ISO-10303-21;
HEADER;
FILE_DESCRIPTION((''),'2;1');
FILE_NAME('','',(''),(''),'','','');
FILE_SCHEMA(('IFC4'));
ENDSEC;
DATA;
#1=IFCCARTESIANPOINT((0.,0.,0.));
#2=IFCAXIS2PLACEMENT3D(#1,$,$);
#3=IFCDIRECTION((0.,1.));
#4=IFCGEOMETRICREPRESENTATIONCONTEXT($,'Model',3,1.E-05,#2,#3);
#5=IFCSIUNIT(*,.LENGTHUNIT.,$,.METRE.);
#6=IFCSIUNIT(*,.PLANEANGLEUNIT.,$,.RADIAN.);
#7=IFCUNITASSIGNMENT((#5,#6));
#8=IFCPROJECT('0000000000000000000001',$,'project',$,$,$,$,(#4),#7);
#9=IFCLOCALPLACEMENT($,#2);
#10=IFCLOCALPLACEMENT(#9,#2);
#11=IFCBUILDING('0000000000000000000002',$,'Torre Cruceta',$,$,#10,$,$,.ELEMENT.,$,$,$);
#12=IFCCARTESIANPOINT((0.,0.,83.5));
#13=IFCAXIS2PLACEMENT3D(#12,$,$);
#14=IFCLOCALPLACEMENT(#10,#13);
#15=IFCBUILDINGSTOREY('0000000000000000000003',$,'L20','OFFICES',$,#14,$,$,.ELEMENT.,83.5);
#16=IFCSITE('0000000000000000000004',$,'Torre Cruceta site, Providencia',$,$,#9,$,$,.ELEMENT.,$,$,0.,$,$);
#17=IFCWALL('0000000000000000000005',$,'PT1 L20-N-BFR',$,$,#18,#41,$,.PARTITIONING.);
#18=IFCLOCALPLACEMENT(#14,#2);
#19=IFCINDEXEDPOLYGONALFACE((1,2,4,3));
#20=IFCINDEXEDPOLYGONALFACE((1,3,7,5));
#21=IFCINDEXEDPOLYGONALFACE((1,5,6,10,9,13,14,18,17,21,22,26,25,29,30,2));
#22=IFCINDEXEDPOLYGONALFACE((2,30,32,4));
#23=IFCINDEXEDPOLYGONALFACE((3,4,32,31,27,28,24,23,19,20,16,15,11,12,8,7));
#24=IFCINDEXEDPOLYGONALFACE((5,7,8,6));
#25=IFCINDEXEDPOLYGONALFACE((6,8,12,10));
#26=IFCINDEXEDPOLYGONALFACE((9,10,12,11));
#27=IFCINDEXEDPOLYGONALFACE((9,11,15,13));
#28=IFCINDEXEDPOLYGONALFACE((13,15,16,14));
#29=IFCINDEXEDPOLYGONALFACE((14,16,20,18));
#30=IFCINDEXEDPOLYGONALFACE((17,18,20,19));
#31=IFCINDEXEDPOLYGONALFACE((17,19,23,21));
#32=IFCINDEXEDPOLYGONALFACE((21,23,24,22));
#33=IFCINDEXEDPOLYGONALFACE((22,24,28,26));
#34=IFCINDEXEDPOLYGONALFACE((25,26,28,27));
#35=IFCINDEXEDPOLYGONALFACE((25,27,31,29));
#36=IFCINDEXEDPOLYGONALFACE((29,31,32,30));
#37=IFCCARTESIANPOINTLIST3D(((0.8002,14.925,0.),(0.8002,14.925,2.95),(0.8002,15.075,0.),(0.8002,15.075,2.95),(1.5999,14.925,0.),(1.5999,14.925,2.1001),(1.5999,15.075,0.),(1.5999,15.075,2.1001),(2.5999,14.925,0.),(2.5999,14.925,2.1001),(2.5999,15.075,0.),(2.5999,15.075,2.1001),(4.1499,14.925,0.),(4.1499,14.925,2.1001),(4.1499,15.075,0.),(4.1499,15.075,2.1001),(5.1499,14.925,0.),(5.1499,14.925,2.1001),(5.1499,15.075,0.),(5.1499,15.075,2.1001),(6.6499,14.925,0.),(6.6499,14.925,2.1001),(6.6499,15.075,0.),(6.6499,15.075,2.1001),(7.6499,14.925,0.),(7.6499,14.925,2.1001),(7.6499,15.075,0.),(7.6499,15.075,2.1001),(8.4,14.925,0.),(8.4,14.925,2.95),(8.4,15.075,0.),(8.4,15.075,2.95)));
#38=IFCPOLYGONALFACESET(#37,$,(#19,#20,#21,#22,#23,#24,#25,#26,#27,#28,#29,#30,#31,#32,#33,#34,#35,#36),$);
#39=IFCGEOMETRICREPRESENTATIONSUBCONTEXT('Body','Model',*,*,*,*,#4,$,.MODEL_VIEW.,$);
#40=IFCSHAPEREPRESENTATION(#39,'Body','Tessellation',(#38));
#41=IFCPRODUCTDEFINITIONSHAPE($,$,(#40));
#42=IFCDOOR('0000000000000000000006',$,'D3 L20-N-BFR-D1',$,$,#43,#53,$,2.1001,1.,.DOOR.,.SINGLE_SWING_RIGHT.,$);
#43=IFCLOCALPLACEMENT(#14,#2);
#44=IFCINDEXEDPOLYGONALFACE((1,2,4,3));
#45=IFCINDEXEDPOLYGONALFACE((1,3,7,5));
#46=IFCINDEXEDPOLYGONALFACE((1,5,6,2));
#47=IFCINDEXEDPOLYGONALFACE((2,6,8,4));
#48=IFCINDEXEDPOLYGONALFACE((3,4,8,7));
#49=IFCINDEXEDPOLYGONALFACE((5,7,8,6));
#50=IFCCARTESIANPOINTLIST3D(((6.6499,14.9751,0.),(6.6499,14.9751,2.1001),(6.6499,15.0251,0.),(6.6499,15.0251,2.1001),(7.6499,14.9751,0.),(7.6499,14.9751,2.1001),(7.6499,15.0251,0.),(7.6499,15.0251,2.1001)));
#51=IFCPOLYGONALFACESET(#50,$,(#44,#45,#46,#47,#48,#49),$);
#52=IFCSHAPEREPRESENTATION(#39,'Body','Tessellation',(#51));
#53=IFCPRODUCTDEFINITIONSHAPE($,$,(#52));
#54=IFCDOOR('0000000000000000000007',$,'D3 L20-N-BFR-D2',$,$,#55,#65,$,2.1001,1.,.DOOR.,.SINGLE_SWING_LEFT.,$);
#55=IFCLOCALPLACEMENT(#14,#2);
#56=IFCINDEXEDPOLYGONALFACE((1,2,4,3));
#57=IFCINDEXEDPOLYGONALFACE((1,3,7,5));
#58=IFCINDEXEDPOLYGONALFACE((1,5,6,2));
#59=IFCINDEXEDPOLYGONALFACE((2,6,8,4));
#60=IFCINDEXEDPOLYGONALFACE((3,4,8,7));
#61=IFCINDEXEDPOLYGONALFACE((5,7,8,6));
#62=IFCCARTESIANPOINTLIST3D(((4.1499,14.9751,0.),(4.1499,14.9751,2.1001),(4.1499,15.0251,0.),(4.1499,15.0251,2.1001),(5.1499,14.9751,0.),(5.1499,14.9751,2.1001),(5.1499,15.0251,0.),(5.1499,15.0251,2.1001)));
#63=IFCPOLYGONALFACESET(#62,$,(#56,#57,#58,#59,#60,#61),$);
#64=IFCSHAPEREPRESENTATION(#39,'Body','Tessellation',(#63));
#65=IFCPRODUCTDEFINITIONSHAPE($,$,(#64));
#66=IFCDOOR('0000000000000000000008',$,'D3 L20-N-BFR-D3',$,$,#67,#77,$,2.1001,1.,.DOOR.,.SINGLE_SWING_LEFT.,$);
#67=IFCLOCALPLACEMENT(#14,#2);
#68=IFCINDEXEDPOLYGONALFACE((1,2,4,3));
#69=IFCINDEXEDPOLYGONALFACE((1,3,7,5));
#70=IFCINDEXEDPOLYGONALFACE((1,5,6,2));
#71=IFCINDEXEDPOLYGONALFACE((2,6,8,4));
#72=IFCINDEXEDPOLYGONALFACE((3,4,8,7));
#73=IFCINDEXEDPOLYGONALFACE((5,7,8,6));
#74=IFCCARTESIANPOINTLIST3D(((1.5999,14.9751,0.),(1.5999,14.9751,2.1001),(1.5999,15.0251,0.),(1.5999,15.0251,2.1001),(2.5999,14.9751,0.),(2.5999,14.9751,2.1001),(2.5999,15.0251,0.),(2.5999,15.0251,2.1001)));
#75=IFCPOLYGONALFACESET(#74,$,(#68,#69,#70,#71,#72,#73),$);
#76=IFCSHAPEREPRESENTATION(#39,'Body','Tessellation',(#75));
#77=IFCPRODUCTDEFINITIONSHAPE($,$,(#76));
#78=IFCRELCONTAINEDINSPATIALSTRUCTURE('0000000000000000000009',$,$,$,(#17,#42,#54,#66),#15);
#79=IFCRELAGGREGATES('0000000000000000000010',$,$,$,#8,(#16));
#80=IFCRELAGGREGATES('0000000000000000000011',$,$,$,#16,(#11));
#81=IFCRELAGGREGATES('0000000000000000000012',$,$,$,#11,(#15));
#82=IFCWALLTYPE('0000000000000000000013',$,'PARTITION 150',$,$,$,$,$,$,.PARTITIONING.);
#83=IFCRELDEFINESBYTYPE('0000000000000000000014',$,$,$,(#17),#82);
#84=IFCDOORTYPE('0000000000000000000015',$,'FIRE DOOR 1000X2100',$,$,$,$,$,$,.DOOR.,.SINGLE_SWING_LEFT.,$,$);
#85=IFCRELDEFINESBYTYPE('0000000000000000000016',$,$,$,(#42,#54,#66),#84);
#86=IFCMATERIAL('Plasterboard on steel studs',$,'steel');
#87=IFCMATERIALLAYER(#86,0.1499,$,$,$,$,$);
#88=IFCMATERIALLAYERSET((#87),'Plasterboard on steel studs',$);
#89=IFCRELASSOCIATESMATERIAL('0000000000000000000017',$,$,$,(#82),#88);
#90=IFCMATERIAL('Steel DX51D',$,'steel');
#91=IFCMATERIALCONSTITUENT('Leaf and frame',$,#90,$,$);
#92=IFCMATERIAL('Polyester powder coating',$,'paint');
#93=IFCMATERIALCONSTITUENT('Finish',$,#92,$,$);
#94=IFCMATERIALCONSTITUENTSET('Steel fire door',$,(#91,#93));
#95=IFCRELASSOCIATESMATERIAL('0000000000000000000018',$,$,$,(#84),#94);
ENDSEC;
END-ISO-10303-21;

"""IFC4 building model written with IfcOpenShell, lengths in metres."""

from ifc_helpers import new_model, si_unit, direction, frame, frame_2d, origin, place, context, subcontext, project, spatial, rectangle, extrude, material, layer, layer_set, constituent, constituent_set, type_object, element, fill, save


model = new_model("IFC4")

# Units and contexts
model_context = context("Model", 3, precision=1e-05, world=origin(), true_north=direction((0.0, 1.0)))
body_context = subcontext(model_context, "Body", "Model", "MODEL_VIEW")
ifc_project = project(units=[si_unit("LENGTHUNIT", "METRE"), si_unit("PLANEANGLEUNIT", "RADIAN")], contexts=[model_context])

# Site, building, storey
site_placement = place(None, origin())
site = spatial("IfcSite", under=ifc_project, at=site_placement, Name="Torre Cruceta site, Providencia", CompositionType="ELEMENT", RefElevation=0.0)
building_placement = place(site_placement, origin())
building = spatial("IfcBuilding", under=site, at=building_placement, Name="Torre Cruceta", CompositionType="ELEMENT")
storey_placement = place(building_placement, frame((0.0, 0.0, 83.5)))
storey = spatial("IfcBuildingStorey", under=building, at=storey_placement, Name="L20", Description="OFFICES", CompositionType="ELEMENT", Elevation=83.5)

# Wall, openings, doors
ifc_material_1 = material(Name="Plasterboard on steel studs", Category="steel")
ifc_layer_1 = layer(ifc_material_1, 0.1499)
ifc_layer_set_1 = layer_set([ifc_layer_1], Name="Plasterboard on steel studs")
wall_type_1 = type_object("IfcWallType", Name="PARTITION 150", PredefinedType="PARTITIONING", material=ifc_layer_set_1)
wall_1_placement = place(storey_placement, frame((8.3999, 15.0, 0.0), z_axis=(0.0, 0.0, 1.0), x_axis=(-1.0, 0.0, 0.0)))
wall_1 = element("IfcWall", 1, at=wall_1_placement, inside=storey, type_object=wall_type_1, Name="PT1 L20-N-BFR", PredefinedType="PARTITIONING", context=body_context, shape_type="SweptSolid", body=[
    extrude(rectangle(XDim=7.5999, YDim=0.1499, at=frame_2d((3.7998, 0.0))), origin(), (0.0, 0.0, 1.0), 2.95),
])
opening_1_placement = place(wall_1_placement, frame((0.75, 0.0, 0.0)))
opening_1 = element("IfcOpeningElement", 2, at=opening_1_placement, cuts=wall_1, PredefinedType="OPENING", context=body_context, shape_type="SweptSolid", body=[
    extrude(rectangle(XDim=1.0, YDim=2.1001, at=frame_2d((0.5, 1.05))), frame((0.0, 0.085, 0.0), z_axis=(0.0, -1.0, 0.0), x_axis=(1.0, 0.0, 0.0)), (0.0, 0.0, 1.0), 0.1699),
])
opening_2_placement = place(wall_1_placement, frame((3.25, 0.0, 0.0)))
opening_2 = element("IfcOpeningElement", 3, at=opening_2_placement, cuts=wall_1, PredefinedType="OPENING", context=body_context, shape_type="SweptSolid", body=[
    extrude(rectangle(XDim=1.0, YDim=2.1001, at=frame_2d((0.5, 1.05))), frame((0.0, 0.085, 0.0), z_axis=(0.0, -1.0, 0.0), x_axis=(1.0, 0.0, 0.0)), (0.0, 0.0, 1.0), 0.1699),
])
opening_3_placement = place(wall_1_placement, frame((5.8, 0.0, 0.0)))
opening_3 = element("IfcOpeningElement", 4, at=opening_3_placement, cuts=wall_1, PredefinedType="OPENING", context=body_context, shape_type="SweptSolid", body=[
    extrude(rectangle(XDim=1.0, YDim=2.1001, at=frame_2d((0.5, 1.05))), frame((0.0, 0.085, 0.0), z_axis=(0.0, -1.0, 0.0), x_axis=(1.0, 0.0, 0.0)), (0.0, 0.0, 1.0), 0.1699),
])
ifc_material_2 = material(Name="Steel DX51D", Category="steel")
ifc_constituent_1 = constituent(ifc_material_2, Name="Leaf and frame")
ifc_material_3 = material(Name="Polyester powder coating", Category="paint")
ifc_constituent_2 = constituent(ifc_material_3, Name="Finish")
ifc_constituent_set_1 = constituent_set(constituents=[ifc_constituent_1, ifc_constituent_2], Name="Steel fire door")
door_type_1 = type_object("IfcDoorType", Name="FIRE DOOR 1000X2100", OperationType="SINGLE_SWING_LEFT", PredefinedType="DOOR", material=ifc_constituent_set_1)
door_1_placement = place(opening_1_placement, origin())
door_1 = element("IfcDoor", 5, at=door_1_placement, inside=storey, type_object=door_type_1, Name="D3 L20-N-BFR-D1", OperationType="SINGLE_SWING_RIGHT", OverallHeight=2.1001, OverallWidth=1.0, PredefinedType="DOOR", context=body_context, shape_type="SweptSolid", body=[
    extrude(rectangle(XDim=1.0, YDim=2.1001, at=frame_2d((0.5, 1.05))), frame((0.0, 0.0249, 0.0), z_axis=(0.0, -1.0, 0.0), x_axis=(1.0, 0.0, 0.0)), (0.0, 0.0, 1.0), 0.05),
])
fill(opening_1, door_1)
door_2_placement = place(opening_2_placement, origin())
door_2 = element("IfcDoor", 6, at=door_2_placement, inside=storey, type_object=door_type_1, Name="D3 L20-N-BFR-D2", OperationType="SINGLE_SWING_LEFT", OverallHeight=2.1001, OverallWidth=1.0, PredefinedType="DOOR", context=body_context, shape_type="SweptSolid", body=[
    extrude(rectangle(XDim=1.0, YDim=2.1001, at=frame_2d((0.5, 1.05))), frame((0.0, 0.0249, 0.0), z_axis=(0.0, -1.0, 0.0), x_axis=(1.0, 0.0, 0.0)), (0.0, 0.0, 1.0), 0.05),
])
fill(opening_2, door_2)
door_3_placement = place(opening_3_placement, origin())
door_3 = element("IfcDoor", 7, at=door_3_placement, inside=storey, type_object=door_type_1, Name="D3 L20-N-BFR-D3", OperationType="SINGLE_SWING_LEFT", OverallHeight=2.1001, OverallWidth=1.0, PredefinedType="DOOR", context=body_context, shape_type="SweptSolid", body=[
    extrude(rectangle(XDim=1.0, YDim=2.1001, at=frame_2d((0.5, 1.05))), frame((0.0, 0.0249, 0.0), z_axis=(0.0, -1.0, 0.0), x_axis=(1.0, 0.0, 0.0)), (0.0, 0.0, 1.0), 0.05),
])
fill(opening_3, door_3)

save(model, "model.ifc")
